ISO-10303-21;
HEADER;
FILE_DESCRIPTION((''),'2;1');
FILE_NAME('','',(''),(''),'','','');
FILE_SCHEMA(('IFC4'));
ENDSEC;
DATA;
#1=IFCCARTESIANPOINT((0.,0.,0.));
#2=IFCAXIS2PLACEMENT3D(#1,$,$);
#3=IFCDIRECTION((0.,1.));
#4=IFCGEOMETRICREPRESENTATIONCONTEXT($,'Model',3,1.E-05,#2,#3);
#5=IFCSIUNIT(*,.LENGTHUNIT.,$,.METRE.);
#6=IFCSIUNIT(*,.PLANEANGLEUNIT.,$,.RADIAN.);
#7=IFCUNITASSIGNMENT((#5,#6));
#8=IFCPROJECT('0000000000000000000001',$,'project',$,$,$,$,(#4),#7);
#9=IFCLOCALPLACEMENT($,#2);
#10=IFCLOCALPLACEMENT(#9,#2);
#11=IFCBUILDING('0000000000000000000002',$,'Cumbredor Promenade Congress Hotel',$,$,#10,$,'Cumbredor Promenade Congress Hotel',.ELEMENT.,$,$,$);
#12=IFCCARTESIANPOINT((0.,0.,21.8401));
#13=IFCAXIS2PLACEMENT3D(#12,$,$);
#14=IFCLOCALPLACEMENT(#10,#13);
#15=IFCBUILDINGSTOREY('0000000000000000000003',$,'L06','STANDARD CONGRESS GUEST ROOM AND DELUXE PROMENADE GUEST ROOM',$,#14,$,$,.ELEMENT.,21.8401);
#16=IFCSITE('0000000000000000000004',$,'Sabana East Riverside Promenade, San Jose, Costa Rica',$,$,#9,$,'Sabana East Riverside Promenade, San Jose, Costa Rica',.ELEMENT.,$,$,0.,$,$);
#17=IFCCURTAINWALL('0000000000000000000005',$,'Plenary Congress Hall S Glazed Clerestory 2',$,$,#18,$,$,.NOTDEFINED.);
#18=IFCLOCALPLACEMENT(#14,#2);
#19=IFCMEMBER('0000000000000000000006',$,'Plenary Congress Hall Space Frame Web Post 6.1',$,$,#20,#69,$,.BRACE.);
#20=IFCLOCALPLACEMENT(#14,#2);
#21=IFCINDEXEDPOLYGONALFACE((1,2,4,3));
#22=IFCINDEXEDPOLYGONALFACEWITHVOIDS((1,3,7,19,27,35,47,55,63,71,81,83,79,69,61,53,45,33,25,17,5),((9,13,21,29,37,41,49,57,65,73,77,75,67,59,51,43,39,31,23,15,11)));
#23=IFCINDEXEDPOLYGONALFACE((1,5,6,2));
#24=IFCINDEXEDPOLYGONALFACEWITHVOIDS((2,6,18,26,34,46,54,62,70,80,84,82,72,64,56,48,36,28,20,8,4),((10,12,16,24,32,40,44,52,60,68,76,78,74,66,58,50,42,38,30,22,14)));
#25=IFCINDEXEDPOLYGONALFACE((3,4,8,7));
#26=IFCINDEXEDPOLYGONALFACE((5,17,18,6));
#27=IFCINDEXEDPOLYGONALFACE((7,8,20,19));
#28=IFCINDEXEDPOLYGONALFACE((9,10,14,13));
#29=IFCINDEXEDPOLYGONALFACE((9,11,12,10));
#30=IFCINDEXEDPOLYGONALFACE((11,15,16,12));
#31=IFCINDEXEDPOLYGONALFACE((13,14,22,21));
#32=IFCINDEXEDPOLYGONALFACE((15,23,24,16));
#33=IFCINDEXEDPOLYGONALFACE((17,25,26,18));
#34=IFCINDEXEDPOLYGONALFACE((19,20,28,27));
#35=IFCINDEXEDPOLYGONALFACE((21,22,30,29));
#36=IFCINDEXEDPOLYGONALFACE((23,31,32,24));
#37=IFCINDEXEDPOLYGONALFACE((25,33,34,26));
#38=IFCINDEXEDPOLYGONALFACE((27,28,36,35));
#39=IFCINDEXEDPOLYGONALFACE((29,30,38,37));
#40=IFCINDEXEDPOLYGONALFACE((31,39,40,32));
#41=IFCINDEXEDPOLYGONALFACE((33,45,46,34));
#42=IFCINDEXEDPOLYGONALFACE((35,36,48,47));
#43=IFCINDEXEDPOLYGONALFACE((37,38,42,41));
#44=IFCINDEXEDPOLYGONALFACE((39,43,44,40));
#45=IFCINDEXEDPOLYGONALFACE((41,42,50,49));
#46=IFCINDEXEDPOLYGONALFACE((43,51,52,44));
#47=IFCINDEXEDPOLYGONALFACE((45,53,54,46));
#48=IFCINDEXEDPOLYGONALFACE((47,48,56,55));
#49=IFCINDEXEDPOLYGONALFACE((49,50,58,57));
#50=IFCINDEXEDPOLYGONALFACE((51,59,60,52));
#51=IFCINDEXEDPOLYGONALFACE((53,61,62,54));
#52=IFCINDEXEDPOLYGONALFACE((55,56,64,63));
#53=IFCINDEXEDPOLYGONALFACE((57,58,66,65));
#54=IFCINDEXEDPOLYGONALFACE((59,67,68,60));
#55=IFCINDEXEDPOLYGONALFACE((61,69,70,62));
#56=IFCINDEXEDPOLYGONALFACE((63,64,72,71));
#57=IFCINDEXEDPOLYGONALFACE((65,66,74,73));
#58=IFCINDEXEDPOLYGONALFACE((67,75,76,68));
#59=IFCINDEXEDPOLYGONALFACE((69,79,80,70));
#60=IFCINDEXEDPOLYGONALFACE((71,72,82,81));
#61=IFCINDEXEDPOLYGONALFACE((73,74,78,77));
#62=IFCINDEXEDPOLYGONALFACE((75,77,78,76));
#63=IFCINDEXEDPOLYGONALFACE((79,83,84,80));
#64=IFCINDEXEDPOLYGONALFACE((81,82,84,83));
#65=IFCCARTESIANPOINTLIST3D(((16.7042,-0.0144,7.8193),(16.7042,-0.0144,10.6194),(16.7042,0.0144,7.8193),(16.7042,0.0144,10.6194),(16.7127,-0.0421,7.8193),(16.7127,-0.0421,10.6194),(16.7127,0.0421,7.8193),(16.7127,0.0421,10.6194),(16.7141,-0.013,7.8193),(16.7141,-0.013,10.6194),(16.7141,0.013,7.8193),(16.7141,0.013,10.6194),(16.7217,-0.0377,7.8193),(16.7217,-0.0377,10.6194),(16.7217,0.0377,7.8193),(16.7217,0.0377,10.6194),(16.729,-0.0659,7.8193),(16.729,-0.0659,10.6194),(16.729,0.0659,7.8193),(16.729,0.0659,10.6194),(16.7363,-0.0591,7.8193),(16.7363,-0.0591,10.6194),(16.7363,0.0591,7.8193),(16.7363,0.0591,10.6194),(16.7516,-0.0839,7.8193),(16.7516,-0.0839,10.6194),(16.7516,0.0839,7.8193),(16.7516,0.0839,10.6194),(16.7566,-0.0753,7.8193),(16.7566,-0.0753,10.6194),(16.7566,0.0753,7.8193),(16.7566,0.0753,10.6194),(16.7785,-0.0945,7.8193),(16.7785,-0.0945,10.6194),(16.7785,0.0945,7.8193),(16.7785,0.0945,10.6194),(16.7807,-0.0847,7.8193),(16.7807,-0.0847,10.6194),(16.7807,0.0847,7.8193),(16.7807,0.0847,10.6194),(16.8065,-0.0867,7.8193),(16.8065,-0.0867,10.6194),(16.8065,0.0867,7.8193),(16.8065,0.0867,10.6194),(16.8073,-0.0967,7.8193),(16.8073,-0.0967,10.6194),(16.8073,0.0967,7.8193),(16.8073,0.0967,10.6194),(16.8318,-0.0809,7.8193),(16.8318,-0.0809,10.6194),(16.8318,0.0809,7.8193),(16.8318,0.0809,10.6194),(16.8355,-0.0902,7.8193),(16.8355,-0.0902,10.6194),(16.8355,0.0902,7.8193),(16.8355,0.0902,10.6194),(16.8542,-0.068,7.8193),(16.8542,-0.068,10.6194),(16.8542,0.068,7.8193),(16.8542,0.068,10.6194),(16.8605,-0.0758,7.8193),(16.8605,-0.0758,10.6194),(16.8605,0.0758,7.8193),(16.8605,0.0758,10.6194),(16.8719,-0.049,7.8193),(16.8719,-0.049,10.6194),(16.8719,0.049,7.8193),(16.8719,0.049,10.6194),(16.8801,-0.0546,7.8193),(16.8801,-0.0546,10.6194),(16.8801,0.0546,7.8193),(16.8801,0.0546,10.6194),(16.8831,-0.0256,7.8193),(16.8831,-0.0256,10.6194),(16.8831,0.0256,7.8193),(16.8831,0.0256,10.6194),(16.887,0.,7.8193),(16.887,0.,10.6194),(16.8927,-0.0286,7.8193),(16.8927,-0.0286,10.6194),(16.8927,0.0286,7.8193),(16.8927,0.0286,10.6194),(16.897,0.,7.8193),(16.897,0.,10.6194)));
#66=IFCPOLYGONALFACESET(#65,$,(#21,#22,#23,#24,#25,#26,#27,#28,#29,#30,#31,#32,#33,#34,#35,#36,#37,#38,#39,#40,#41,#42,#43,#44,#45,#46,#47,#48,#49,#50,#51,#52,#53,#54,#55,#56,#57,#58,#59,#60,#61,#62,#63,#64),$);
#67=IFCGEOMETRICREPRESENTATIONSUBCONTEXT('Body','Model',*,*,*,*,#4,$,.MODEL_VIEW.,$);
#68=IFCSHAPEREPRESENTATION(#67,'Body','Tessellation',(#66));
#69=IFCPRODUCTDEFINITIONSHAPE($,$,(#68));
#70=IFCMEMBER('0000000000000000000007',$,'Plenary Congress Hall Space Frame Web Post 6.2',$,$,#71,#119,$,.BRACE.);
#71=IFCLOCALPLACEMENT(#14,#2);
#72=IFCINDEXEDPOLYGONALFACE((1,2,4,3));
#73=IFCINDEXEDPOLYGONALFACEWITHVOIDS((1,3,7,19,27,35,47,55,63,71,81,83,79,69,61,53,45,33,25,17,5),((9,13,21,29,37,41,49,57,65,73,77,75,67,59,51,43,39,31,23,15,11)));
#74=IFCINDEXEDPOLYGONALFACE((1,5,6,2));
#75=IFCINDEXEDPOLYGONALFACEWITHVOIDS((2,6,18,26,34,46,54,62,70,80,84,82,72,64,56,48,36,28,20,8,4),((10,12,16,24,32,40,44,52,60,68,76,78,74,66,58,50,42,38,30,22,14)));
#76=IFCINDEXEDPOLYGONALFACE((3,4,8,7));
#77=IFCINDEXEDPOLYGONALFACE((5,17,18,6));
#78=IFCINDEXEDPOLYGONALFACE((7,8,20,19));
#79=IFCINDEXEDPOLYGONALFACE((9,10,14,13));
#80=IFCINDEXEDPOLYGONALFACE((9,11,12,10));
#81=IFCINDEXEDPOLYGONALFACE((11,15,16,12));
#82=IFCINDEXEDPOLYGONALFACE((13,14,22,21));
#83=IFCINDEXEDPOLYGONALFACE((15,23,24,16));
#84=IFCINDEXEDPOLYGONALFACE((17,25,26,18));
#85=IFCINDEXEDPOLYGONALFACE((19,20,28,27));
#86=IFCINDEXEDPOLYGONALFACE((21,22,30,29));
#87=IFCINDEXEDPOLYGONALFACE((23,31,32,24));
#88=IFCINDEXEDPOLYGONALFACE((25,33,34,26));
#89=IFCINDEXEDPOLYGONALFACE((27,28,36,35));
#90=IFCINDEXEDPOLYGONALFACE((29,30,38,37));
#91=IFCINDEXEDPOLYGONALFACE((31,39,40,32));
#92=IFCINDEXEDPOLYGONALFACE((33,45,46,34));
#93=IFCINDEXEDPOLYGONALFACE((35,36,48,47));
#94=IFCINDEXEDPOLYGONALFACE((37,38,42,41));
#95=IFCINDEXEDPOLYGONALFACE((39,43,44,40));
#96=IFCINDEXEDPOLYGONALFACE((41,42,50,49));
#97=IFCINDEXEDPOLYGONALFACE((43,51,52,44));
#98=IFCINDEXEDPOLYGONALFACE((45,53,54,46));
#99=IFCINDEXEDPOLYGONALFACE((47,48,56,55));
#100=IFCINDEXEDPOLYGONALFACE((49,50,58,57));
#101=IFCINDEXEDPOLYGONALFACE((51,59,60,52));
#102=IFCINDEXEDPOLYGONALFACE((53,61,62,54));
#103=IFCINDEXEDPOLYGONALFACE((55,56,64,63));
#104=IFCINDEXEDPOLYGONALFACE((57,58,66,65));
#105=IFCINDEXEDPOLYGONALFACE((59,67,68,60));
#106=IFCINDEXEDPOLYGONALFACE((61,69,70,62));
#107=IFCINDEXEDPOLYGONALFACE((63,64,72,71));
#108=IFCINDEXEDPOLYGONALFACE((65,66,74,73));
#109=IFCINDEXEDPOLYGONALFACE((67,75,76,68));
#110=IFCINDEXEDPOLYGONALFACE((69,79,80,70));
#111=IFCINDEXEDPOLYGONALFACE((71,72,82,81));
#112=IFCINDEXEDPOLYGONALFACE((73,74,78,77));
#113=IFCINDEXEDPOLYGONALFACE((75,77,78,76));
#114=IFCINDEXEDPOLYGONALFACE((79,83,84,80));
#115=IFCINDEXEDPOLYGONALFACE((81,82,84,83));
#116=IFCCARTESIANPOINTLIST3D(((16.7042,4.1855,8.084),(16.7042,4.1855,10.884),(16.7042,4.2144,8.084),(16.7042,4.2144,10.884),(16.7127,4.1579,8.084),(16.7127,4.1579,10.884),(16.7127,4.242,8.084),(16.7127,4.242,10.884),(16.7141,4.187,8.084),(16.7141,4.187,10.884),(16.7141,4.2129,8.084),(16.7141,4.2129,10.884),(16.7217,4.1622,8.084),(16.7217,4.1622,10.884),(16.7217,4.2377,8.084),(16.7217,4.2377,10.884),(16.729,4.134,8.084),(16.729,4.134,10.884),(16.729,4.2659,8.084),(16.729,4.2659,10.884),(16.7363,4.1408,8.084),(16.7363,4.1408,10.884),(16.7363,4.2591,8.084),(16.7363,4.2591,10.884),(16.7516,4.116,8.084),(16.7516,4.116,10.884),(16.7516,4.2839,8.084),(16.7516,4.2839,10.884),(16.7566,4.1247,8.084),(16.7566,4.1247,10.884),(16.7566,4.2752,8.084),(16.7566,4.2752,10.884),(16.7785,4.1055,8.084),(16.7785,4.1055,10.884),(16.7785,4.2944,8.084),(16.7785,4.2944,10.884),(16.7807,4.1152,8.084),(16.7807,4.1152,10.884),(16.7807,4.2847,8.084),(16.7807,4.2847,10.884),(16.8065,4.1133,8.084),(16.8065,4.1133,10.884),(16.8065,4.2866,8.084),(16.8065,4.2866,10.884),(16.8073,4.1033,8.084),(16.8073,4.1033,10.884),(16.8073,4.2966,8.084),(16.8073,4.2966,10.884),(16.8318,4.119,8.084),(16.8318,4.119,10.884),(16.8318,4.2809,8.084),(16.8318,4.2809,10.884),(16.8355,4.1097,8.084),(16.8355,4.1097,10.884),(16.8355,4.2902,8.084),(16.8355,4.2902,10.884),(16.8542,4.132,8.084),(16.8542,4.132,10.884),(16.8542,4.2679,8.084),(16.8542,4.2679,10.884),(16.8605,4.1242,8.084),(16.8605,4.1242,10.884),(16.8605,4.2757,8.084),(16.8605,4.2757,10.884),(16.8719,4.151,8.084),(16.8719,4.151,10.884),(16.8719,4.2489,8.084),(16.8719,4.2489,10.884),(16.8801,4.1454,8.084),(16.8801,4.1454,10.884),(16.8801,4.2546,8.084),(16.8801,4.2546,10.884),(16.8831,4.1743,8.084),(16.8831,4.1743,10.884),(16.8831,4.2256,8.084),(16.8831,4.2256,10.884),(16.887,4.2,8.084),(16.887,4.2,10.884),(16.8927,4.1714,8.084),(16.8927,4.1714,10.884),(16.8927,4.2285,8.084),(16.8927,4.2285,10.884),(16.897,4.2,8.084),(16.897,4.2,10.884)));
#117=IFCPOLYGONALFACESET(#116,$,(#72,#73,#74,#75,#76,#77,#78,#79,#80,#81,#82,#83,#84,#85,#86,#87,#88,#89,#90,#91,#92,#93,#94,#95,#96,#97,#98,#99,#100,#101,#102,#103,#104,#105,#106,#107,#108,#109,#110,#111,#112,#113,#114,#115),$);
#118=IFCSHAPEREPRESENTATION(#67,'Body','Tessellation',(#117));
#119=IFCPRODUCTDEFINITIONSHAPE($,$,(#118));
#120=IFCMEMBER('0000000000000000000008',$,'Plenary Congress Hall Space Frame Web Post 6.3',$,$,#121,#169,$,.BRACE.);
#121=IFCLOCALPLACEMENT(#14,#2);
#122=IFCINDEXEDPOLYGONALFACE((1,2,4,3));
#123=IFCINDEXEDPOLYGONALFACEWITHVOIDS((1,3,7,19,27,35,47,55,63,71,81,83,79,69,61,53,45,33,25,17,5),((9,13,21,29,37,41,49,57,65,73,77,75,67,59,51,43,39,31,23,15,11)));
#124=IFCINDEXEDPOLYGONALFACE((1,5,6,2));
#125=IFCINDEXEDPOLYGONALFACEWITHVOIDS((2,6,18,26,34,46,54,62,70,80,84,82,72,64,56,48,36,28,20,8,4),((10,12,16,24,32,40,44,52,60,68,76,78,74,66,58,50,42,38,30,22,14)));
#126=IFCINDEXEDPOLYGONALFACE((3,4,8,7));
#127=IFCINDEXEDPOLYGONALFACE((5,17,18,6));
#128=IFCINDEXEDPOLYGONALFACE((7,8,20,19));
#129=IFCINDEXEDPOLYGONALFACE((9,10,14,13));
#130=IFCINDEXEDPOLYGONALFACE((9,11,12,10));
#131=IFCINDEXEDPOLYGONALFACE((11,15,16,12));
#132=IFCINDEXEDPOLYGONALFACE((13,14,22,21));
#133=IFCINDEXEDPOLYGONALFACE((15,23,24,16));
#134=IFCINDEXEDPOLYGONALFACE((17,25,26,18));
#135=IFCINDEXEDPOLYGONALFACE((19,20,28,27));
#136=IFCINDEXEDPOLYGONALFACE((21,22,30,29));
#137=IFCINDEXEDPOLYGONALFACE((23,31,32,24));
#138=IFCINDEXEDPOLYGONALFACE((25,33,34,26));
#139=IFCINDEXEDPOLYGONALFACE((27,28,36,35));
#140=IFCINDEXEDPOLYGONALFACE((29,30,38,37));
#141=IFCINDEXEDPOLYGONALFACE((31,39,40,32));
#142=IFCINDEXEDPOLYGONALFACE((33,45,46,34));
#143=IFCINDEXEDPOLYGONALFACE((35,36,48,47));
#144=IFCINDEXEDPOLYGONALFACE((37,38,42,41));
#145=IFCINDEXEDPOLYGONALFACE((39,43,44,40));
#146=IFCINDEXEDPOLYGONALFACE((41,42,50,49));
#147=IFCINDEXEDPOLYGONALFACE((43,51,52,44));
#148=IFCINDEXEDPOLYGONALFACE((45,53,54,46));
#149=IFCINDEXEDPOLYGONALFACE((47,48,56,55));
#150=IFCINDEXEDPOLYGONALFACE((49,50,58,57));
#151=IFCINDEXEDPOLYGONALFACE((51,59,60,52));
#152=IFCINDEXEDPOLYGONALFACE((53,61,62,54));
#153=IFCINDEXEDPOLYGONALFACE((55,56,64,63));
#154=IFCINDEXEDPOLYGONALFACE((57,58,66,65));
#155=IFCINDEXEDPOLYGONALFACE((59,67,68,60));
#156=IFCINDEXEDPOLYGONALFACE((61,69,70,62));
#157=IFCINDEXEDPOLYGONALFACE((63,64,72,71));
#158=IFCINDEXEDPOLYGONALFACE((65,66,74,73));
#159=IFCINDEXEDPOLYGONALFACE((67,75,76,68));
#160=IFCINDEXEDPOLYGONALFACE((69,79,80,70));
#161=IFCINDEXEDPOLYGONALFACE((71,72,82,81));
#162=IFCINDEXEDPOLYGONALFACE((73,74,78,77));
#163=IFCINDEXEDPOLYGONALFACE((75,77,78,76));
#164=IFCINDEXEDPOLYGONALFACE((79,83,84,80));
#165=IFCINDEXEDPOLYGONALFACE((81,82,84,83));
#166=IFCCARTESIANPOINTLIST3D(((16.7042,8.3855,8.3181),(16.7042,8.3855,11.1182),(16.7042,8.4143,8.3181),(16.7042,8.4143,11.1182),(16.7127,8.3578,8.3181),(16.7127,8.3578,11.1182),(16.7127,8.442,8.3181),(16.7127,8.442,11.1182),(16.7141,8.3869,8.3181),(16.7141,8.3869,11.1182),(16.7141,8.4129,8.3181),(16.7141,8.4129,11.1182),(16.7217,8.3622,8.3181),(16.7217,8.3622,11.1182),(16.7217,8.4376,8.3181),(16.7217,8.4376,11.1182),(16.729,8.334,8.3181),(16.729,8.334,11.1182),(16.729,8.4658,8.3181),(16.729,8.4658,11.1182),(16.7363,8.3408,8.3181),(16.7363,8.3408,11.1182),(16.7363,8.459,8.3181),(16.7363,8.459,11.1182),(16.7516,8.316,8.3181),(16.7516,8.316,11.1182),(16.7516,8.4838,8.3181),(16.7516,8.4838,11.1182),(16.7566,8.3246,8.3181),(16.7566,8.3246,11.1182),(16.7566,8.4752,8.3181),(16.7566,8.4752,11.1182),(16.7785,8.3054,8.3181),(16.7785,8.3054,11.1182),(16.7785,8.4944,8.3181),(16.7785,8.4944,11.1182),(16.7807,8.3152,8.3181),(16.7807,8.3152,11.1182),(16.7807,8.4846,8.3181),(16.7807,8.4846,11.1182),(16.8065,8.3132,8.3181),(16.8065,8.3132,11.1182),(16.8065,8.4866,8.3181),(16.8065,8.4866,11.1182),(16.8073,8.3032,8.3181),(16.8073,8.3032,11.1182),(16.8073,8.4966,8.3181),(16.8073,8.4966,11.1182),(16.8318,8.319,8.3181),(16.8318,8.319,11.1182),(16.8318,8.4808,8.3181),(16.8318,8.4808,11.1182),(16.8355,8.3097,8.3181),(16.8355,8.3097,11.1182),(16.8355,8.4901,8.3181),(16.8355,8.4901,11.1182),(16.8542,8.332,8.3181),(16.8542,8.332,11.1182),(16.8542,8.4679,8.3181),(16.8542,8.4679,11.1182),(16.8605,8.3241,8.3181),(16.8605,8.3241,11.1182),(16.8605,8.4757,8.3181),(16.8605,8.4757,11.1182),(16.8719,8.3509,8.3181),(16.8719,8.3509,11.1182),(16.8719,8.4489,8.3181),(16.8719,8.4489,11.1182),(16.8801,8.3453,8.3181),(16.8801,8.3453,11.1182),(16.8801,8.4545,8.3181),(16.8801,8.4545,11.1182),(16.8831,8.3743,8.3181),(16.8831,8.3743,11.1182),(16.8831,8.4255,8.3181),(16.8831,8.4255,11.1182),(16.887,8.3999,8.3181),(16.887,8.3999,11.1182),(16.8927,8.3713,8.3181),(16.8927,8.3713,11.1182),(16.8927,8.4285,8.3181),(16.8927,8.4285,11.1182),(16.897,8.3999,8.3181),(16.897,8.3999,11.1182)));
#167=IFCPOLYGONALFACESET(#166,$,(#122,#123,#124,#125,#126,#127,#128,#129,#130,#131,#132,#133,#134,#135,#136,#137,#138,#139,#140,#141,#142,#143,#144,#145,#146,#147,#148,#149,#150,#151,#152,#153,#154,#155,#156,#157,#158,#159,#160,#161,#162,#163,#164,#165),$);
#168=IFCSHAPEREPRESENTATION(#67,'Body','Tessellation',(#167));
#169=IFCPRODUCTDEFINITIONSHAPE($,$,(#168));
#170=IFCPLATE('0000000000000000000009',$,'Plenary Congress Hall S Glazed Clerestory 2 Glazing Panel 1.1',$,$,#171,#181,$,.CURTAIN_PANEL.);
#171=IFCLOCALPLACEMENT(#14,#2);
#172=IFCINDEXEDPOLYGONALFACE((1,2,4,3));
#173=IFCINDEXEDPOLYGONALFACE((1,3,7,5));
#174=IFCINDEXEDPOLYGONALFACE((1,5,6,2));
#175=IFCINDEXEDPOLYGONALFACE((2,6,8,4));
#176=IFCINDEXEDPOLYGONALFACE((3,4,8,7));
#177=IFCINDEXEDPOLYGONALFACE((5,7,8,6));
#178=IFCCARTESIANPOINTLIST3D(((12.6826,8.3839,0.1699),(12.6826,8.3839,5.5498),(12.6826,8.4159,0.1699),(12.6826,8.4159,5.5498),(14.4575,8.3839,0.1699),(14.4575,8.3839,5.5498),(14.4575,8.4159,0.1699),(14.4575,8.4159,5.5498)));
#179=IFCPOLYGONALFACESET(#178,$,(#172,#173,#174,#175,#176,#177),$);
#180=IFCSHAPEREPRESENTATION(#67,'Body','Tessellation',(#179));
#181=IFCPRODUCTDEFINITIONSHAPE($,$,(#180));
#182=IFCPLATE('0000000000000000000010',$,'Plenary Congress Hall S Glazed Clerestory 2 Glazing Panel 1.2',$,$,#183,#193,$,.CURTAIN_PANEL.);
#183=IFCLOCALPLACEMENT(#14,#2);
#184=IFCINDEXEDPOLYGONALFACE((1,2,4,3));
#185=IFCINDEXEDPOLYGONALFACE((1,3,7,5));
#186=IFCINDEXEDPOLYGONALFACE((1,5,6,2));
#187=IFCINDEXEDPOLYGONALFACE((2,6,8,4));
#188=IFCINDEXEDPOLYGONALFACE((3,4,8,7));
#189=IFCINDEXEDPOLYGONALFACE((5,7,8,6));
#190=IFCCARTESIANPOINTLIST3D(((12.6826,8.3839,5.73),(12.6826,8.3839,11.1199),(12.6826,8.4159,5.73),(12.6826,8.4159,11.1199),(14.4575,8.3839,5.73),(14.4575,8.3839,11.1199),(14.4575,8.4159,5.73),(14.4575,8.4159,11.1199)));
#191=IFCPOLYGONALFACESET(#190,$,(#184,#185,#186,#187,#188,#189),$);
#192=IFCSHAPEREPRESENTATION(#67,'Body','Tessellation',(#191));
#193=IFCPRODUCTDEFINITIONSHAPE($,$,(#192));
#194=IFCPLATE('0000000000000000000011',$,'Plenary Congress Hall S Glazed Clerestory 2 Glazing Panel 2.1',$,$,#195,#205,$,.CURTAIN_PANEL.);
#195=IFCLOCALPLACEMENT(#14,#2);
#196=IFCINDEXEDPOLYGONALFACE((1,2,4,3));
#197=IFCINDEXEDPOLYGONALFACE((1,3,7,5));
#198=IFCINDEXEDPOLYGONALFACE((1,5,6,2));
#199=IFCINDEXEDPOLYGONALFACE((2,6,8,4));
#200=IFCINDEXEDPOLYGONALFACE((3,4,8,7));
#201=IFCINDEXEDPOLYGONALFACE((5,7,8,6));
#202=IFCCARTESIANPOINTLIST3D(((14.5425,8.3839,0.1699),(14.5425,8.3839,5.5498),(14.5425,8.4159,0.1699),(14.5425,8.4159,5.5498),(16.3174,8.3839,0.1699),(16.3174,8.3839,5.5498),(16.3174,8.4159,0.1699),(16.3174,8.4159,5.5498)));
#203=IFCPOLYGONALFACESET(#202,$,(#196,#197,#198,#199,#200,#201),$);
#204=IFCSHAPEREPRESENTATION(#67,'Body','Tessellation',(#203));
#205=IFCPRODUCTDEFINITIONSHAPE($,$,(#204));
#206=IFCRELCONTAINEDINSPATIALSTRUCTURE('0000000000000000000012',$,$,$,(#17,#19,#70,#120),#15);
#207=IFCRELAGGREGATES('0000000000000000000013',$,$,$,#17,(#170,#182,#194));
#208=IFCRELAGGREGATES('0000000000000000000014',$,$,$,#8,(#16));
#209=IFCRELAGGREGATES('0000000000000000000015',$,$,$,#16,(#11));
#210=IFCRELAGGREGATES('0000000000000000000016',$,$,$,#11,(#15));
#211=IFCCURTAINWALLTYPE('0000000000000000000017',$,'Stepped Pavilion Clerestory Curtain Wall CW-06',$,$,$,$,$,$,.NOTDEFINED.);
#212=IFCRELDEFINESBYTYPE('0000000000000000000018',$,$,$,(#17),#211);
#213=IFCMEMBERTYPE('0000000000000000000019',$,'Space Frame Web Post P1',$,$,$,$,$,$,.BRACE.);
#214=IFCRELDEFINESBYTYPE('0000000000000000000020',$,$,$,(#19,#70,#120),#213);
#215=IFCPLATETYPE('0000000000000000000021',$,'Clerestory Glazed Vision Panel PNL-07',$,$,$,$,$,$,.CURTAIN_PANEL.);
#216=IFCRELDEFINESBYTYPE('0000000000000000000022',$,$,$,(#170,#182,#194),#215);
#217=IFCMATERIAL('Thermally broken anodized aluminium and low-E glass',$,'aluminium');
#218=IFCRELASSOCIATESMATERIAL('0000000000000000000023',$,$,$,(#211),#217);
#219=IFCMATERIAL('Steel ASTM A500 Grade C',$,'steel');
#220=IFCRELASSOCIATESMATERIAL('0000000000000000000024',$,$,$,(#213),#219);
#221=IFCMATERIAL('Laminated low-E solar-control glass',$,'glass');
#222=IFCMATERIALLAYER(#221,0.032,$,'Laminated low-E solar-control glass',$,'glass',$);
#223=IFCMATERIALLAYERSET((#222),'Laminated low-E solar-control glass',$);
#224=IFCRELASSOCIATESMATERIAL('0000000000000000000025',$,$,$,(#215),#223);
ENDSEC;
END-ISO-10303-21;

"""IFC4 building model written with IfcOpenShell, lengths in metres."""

from ifc_helpers import new_model, si_unit, direction, frame, origin, origin_2d, place, context, subcontext, project, spatial, rectangle, hollow_circle, extrude, material, layer, layer_set, material_profile, profile_set, type_object, element, aggregate, save


model = new_model("IFC4")

# Units and contexts
model_context = context("Model", 3, precision=1e-05, world=origin(), true_north=direction((0.0, 1.0)))
body_context = subcontext(model_context, "Body", "Model", "MODEL_VIEW")
ifc_project = project(units=[si_unit("LENGTHUNIT", "METRE"), si_unit("PLANEANGLEUNIT", "RADIAN")], contexts=[model_context])

# Site, building, storey
site_placement = place(None, origin())
site = spatial("IfcSite", under=ifc_project, at=site_placement, Name="Sabana East Riverside Promenade, San Jose, Costa Rica", LongName="Sabana East Riverside Promenade, San Jose, Costa Rica", CompositionType="ELEMENT", RefElevation=0.0)
building_placement = place(site_placement, origin())
building = spatial("IfcBuilding", under=site, at=building_placement, Name="Cumbredor Promenade Congress Hotel", LongName="Cumbredor Promenade Congress Hotel", CompositionType="ELEMENT")
storey_placement = place(building_placement, frame((0.0, 0.0, 21.8401)))
storey = spatial("IfcBuildingStorey", under=building, at=storey_placement, Name="L06", Description="STANDARD CONGRESS GUEST ROOM AND DELUXE PROMENADE GUEST ROOM", CompositionType="ELEMENT", Elevation=21.8401)

# Curtain wall
ifc_material_1 = material(Name="Thermally broken anodized aluminium and low-E glass", Category="aluminium")
curtain_wall_type = type_object("IfcCurtainWallType", Name="Stepped Pavilion Clerestory Curtain Wall CW-06", PredefinedType="NOTDEFINED", material=ifc_material_1)
curtain_wall_placement = place(storey_placement, origin())
curtain_wall = element("IfcCurtainWall", 1, at=curtain_wall_placement, inside=storey, type_object=curtain_wall_type, Name="Plenary Congress Hall S Glazed Clerestory 2", PredefinedType="NOTDEFINED")

# Members
ifc_material_2 = material(Name="Steel ASTM A500 Grade C", Category="steel")
ifc_material_profile_1 = material_profile(ifc_material_2, hollow_circle(Radius=0.0969, WallThickness=0.01, at=origin_2d()), Name="CHS 193.7x10")
ifc_profile_set_1 = profile_set([ifc_material_profile_1], Name="Steel ASTM A500 Grade C")
member_type_1 = type_object("IfcMemberType", Name="Space Frame Web Post P1", PredefinedType="BRACE", material=ifc_profile_set_1)
for number, where, z_axis, x_axis, name in (
    (2, (16.8, 0.0, 7.8193), (0.0, 0.0, 1.0), (1.0, 0.0, 0.0), "Plenary Congress Hall Space Frame Web Post 6.1"),
    (3, (16.8, 4.2, 8.084), (0.0, 0.0, 1.0), (1.0, 0.0, 0.0), "Plenary Congress Hall Space Frame Web Post 6.2"),
    (4, (16.8, 8.3999, 8.3181), (0.0, 0.0, 1.0), (1.0, 0.0, 0.0), "Plenary Congress Hall Space Frame Web Post 6.3"),
):
    element("IfcMember", number, at=place(storey_placement, frame(where, z_axis=z_axis, x_axis=x_axis)), inside=storey, type_object=member_type_1, Name=name, PredefinedType="BRACE", context=body_context, shape_type="SweptSolid", body=[
        extrude(hollow_circle(Radius=0.0969, WallThickness=0.01, at=origin_2d()), origin(), (0.0, 0.0, 1.0), 2.8),
    ])

# Plates
ifc_material_3 = material(Name="Laminated low-E solar-control glass", Category="glass")
ifc_layer_1 = layer(ifc_material_3, 0.032, Name="Laminated low-E solar-control glass", Category="glass")
ifc_layer_set_1 = layer_set([ifc_layer_1], Name="Laminated low-E solar-control glass")
plate_type_1 = type_object("IfcPlateType", Name="Clerestory Glazed Vision Panel PNL-07", PredefinedType="CURTAIN_PANEL", material=ifc_layer_set_1)
plate_1_placement = place(storey_placement, frame((13.5701, 8.3999, 0.1699), z_axis=(0.0, 0.0, 1.0), x_axis=(1.0, 0.0, 0.0)))
plate_1 = element("IfcPlate", 5, at=plate_1_placement, type_object=plate_type_1, Name="Plenary Congress Hall S Glazed Clerestory 2 Glazing Panel 1.1", PredefinedType="CURTAIN_PANEL", context=body_context, shape_type="SweptSolid", body=[
    extrude(rectangle(XDim=1.7749, YDim=0.032, at=origin_2d()), origin(), (0.0, 0.0, 1.0), 5.3799),
])
plate_2_placement = place(storey_placement, frame((13.5701, 8.3999, 5.73), z_axis=(0.0, 0.0, 1.0), x_axis=(1.0, 0.0, 0.0)))
plate_2 = element("IfcPlate", 6, at=plate_2_placement, type_object=plate_type_1, Name="Plenary Congress Hall S Glazed Clerestory 2 Glazing Panel 1.2", PredefinedType="CURTAIN_PANEL", context=body_context, shape_type="SweptSolid", body=[
    extrude(rectangle(XDim=1.7749, YDim=0.032, at=origin_2d()), origin(), (0.0, 0.0, 1.0), 5.3899),
])
plate_3_placement = place(storey_placement, frame((15.4299, 8.3999, 0.1699), z_axis=(0.0, 0.0, 1.0), x_axis=(1.0, 0.0, 0.0)))
plate_3 = element("IfcPlate", 7, at=plate_3_placement, type_object=plate_type_1, Name="Plenary Congress Hall S Glazed Clerestory 2 Glazing Panel 2.1", PredefinedType="CURTAIN_PANEL", context=body_context, shape_type="SweptSolid", body=[
    extrude(rectangle(XDim=1.7749, YDim=0.032, at=origin_2d()), origin(), (0.0, 0.0, 1.0), 5.3799),
])
aggregate(curtain_wall, [plate_1, plate_2, plate_3])

save(model, "model.ifc")
